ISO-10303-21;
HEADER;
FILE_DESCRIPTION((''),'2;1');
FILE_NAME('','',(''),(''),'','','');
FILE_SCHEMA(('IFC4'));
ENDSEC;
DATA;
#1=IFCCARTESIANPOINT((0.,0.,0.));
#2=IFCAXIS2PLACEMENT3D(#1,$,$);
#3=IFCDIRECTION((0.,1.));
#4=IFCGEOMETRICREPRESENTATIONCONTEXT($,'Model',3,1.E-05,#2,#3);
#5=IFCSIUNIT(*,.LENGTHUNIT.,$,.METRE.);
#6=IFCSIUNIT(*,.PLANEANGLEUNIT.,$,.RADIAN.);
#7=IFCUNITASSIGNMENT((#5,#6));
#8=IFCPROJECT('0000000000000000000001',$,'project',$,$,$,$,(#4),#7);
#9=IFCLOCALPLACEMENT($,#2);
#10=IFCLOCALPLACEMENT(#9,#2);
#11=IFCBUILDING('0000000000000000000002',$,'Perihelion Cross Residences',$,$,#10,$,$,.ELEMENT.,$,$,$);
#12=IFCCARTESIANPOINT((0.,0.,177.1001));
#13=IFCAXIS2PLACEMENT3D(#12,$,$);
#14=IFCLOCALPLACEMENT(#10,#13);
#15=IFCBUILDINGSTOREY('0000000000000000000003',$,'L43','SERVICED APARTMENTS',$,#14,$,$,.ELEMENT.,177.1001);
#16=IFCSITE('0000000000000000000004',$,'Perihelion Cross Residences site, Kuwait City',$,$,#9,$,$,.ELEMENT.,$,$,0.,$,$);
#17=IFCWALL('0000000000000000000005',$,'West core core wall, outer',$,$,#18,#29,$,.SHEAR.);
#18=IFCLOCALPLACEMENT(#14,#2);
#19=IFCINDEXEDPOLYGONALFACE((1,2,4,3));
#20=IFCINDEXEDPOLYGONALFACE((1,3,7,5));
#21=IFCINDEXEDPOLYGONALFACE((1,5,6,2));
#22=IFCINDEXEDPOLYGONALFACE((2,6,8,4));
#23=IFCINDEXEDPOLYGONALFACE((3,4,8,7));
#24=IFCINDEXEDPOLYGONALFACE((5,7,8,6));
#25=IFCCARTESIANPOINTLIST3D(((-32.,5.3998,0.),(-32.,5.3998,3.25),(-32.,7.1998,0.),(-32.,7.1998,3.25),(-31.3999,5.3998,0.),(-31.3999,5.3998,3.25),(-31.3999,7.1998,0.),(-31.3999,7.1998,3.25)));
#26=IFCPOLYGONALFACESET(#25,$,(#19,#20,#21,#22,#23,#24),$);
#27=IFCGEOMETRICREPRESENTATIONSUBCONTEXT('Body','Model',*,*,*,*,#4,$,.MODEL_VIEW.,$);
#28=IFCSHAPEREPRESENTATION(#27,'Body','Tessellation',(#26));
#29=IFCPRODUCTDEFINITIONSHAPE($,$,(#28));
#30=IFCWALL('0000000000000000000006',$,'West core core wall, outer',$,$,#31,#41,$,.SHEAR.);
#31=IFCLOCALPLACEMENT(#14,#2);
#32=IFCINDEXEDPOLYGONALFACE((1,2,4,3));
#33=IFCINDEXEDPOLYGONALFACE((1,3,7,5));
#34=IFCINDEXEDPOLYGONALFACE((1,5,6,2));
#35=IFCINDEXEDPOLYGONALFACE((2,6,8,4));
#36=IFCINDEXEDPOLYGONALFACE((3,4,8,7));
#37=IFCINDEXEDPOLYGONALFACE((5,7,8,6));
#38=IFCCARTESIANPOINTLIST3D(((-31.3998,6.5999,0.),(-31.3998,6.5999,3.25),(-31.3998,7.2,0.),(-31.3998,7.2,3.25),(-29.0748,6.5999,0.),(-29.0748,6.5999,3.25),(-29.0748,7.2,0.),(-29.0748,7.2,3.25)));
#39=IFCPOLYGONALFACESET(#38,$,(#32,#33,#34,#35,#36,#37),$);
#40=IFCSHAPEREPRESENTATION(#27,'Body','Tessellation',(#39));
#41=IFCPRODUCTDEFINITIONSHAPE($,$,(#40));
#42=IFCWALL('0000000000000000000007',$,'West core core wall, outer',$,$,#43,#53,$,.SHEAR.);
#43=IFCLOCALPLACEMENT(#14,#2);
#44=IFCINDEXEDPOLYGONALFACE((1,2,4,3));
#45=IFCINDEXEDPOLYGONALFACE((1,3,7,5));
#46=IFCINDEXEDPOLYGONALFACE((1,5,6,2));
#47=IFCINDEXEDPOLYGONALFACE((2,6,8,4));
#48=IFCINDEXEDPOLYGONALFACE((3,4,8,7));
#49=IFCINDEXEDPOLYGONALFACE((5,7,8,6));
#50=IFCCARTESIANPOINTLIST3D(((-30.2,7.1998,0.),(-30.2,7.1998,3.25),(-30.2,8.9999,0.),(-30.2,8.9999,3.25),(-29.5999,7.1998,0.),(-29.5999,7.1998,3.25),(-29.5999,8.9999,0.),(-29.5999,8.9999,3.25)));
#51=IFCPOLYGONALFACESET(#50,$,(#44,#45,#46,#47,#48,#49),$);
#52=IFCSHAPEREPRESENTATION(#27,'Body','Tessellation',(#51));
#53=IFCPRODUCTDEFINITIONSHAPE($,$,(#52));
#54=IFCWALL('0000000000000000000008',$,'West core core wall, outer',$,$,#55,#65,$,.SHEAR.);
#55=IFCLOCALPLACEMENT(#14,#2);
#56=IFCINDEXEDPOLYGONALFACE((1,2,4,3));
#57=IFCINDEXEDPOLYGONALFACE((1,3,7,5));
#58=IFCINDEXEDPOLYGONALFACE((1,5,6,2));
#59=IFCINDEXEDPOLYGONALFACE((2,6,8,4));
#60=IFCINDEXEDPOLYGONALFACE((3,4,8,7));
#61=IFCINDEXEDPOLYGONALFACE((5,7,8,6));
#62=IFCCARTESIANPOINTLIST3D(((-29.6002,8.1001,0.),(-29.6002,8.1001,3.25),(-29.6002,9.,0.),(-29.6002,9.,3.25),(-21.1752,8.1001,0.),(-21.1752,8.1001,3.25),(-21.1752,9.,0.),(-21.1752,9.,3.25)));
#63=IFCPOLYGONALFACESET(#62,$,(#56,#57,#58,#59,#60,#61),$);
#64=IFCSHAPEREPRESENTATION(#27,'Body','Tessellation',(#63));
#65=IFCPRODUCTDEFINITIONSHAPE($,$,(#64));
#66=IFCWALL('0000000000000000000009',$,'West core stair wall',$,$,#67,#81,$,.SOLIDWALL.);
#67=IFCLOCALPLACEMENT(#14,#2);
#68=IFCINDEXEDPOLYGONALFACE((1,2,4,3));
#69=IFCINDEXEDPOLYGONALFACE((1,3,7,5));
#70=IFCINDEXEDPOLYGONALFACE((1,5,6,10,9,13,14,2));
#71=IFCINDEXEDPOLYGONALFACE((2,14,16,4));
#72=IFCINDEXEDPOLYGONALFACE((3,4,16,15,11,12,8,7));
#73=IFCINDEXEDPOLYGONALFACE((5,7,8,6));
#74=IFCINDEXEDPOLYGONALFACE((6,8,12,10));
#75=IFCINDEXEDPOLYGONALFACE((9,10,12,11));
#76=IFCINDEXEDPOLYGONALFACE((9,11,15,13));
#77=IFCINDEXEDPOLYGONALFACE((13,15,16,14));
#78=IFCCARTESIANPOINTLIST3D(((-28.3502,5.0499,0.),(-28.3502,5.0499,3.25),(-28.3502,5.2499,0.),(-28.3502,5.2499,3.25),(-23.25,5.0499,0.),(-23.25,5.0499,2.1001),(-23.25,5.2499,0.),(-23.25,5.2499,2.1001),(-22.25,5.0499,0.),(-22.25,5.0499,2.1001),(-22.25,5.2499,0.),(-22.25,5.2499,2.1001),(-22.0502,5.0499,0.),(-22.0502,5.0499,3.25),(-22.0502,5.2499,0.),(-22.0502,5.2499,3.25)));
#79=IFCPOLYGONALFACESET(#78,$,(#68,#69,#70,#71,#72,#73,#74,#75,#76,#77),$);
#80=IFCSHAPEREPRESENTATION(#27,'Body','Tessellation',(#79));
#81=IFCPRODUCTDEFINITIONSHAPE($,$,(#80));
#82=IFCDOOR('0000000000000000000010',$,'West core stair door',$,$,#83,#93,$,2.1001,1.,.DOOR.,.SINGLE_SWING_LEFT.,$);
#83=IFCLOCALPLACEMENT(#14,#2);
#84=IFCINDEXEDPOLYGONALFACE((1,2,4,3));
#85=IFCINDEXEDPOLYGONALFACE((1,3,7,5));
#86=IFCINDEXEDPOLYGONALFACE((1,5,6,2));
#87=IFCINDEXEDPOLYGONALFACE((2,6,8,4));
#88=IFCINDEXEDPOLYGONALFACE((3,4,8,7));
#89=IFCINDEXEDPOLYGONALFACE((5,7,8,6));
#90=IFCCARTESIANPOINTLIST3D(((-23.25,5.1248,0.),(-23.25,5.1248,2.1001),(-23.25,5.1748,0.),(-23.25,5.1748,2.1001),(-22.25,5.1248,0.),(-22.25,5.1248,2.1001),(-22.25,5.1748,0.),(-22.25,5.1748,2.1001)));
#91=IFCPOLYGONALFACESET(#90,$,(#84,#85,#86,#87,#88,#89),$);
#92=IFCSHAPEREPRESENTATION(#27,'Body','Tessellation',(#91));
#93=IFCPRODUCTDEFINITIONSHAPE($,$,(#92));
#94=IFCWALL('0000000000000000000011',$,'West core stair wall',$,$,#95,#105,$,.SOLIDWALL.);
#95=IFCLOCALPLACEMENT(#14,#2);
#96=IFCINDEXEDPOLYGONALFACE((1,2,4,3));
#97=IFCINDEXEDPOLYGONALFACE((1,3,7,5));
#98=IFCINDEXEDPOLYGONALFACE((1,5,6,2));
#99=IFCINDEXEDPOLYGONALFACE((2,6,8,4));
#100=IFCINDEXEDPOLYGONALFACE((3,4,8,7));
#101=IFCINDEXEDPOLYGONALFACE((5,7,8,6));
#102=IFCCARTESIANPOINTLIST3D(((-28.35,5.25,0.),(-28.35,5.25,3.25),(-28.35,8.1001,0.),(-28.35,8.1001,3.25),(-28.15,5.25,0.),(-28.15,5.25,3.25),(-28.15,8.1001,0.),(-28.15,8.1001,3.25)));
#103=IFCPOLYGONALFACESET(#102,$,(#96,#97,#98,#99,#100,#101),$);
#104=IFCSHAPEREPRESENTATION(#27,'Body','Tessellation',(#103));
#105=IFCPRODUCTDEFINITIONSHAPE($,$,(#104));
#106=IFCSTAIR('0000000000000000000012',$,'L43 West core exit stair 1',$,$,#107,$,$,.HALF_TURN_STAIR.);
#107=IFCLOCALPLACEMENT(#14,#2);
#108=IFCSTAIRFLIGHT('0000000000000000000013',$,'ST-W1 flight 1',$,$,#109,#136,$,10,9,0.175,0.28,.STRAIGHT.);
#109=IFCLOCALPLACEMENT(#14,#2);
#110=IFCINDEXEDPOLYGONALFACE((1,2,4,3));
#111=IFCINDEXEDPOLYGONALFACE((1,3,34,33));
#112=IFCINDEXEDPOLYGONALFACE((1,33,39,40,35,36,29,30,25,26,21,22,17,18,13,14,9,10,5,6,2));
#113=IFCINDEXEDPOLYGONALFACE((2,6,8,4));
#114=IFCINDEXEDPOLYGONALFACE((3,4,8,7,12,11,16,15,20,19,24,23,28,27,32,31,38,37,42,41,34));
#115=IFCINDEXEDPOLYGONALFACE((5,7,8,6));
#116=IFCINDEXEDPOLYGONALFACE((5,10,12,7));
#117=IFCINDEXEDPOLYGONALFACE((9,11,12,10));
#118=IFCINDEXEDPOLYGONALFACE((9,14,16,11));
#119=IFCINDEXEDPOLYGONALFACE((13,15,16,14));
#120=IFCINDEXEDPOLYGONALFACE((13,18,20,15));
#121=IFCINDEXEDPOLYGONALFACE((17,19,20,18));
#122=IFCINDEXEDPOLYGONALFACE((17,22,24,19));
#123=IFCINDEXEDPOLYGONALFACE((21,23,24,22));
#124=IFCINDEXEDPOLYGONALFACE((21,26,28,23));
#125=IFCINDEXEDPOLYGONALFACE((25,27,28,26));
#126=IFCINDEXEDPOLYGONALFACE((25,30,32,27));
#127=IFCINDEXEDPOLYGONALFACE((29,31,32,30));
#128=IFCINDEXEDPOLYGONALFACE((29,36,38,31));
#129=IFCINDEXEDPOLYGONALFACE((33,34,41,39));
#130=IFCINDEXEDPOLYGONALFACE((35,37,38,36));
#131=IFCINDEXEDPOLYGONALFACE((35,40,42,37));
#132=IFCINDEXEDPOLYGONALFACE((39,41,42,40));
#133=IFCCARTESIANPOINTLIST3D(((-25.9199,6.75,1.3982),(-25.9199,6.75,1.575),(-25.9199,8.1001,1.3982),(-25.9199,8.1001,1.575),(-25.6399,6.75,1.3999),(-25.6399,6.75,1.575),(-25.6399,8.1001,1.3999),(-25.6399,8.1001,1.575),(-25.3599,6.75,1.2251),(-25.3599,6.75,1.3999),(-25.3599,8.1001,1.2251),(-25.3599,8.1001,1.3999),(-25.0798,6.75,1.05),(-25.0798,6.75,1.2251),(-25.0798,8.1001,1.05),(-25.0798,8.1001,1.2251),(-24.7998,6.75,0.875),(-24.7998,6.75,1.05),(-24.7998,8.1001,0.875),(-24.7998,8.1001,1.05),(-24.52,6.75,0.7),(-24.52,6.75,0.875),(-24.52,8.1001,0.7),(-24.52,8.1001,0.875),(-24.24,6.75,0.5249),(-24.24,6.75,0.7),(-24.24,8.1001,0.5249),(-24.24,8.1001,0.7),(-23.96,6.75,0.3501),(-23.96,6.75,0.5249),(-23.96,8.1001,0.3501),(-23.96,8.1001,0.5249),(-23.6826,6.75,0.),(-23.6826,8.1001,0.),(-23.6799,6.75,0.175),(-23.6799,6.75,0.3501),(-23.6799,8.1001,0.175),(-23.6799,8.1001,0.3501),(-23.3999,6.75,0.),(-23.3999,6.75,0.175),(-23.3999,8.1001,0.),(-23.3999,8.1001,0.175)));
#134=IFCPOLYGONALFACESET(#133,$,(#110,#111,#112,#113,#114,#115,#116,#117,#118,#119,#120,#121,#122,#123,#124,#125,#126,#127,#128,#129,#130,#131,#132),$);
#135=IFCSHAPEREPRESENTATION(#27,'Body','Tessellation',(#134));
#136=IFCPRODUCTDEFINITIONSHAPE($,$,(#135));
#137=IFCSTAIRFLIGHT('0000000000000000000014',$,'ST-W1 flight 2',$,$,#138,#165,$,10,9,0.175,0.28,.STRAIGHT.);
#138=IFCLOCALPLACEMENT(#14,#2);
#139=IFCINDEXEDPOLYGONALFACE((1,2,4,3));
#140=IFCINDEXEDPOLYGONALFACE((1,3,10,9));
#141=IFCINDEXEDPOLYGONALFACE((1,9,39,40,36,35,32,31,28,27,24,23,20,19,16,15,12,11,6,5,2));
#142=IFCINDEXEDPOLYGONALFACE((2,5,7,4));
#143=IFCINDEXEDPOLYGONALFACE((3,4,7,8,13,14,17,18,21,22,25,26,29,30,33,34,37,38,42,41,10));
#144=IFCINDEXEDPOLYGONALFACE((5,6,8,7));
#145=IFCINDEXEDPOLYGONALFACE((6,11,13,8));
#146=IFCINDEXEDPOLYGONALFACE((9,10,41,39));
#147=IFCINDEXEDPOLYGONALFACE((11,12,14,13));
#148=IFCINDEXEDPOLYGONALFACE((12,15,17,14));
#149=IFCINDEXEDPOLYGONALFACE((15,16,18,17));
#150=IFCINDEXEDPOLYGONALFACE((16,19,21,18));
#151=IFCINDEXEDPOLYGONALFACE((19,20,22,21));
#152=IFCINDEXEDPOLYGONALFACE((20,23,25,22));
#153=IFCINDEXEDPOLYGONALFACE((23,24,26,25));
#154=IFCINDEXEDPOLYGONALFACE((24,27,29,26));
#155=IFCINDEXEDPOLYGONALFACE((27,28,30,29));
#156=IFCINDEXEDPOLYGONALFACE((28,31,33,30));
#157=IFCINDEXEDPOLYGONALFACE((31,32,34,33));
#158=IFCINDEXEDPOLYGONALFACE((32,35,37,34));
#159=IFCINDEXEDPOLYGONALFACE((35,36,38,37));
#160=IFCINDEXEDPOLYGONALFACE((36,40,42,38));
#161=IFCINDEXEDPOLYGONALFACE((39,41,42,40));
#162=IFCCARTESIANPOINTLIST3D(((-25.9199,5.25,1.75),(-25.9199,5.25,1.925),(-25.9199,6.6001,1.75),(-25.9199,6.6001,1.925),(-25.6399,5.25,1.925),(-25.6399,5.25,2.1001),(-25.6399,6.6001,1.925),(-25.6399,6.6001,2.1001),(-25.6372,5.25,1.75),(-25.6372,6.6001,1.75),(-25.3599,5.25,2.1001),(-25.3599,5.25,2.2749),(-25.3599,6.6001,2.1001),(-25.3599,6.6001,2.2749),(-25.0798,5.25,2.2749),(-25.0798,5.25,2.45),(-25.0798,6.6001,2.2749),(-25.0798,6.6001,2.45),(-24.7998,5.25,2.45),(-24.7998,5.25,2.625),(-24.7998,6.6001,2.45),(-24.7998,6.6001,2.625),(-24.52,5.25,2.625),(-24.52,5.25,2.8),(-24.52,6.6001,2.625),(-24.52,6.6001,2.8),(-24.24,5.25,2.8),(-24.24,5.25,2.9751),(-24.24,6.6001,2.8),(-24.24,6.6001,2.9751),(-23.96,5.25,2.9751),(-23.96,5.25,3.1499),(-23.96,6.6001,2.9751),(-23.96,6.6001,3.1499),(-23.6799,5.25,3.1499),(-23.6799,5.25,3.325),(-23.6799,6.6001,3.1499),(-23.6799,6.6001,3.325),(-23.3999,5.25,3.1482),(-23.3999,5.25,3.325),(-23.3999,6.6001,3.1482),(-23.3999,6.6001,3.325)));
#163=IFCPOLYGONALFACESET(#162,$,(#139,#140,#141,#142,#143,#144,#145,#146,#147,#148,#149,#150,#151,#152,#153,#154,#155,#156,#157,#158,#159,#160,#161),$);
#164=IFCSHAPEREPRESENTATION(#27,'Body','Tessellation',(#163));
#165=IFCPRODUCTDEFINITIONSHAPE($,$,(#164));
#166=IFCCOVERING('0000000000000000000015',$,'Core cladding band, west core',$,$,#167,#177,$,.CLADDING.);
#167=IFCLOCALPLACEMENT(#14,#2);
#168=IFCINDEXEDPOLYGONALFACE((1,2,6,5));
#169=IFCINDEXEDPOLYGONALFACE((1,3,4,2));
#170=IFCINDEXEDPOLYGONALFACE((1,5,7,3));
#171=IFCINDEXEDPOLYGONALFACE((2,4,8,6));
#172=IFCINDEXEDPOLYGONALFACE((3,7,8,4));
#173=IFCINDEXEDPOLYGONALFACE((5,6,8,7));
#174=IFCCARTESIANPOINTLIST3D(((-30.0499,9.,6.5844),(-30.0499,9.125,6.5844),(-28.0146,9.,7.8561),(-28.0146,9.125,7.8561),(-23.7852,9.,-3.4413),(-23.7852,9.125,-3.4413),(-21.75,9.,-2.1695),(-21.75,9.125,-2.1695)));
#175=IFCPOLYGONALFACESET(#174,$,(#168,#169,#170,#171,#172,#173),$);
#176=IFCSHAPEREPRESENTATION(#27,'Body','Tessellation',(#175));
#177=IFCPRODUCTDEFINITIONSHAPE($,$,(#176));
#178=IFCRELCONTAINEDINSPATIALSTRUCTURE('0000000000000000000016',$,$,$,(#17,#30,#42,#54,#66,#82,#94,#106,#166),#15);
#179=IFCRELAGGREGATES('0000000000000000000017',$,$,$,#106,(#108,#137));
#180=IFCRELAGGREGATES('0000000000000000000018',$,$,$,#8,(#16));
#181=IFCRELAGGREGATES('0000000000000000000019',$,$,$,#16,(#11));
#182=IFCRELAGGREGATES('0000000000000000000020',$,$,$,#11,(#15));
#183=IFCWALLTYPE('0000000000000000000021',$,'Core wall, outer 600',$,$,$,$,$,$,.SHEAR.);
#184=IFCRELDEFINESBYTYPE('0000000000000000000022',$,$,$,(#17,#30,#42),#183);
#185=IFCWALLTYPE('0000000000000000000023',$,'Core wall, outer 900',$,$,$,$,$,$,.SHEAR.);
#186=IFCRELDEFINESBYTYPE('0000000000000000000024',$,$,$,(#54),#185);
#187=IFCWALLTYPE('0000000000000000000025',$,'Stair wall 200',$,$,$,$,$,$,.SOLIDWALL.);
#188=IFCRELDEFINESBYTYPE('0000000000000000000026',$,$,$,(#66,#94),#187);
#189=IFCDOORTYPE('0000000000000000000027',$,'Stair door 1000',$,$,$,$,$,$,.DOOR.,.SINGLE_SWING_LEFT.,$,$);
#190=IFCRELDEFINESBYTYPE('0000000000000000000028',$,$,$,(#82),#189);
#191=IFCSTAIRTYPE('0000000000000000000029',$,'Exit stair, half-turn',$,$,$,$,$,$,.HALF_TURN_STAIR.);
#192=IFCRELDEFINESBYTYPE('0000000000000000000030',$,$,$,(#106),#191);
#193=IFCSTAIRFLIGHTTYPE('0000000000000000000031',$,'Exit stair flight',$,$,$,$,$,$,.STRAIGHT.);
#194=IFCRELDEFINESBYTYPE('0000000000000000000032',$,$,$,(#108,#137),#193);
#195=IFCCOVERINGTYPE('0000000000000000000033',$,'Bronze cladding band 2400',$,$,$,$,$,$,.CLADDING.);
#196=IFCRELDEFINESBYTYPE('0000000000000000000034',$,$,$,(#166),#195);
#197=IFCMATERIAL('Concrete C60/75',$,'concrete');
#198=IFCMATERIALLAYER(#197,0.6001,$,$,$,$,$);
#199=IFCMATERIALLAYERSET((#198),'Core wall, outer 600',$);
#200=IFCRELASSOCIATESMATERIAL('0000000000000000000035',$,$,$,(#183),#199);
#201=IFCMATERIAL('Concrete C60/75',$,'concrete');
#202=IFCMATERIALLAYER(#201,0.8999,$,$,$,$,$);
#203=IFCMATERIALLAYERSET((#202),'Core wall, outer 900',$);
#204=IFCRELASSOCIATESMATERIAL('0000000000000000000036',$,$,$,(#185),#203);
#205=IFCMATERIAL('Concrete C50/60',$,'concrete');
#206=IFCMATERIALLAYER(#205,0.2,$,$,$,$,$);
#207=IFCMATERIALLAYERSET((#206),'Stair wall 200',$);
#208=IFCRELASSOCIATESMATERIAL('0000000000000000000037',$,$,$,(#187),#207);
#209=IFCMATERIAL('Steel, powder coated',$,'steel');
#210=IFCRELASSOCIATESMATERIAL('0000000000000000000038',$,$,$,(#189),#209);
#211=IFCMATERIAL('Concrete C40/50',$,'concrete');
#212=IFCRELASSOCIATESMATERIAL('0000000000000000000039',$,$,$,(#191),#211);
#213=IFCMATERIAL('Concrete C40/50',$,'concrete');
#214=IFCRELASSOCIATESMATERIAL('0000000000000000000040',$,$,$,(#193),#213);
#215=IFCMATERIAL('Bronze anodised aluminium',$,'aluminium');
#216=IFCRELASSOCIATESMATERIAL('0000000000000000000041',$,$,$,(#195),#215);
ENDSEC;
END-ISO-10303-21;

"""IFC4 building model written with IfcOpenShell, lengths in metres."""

from ifc_helpers import new_model, si_unit, direction, frame, frame_2d, origin, origin_2d, place, context, subcontext, project, spatial, polyline, rectangle, outline, extrude, material, layer, layer_set, material_profile, profile_set, type_object, element, fill, aggregate, save


model = new_model("IFC4")

# Units and contexts
model_context = context("Model", 3, precision=1e-05, world=origin(), true_north=direction((0.0, 1.0)))
body_context = subcontext(model_context, "Body", "Model", "MODEL_VIEW")
ifc_project = project(units=[si_unit("LENGTHUNIT", "METRE"), si_unit("PLANEANGLEUNIT", "RADIAN")], contexts=[model_context])

# Site, building, storey
site_placement = place(None, origin())
site = spatial("IfcSite", under=ifc_project, at=site_placement, Name="Perihelion Cross Residences site, Kuwait City", CompositionType="ELEMENT", RefElevation=0.0)
building_placement = place(site_placement, origin())
building = spatial("IfcBuilding", under=site, at=building_placement, Name="Perihelion Cross Residences", CompositionType="ELEMENT")
storey_placement = place(building_placement, frame((0.0, 0.0, 177.1001)))
storey = spatial("IfcBuildingStorey", under=building, at=storey_placement, Name="L43", Description="SERVICED APARTMENTS", CompositionType="ELEMENT", Elevation=177.1001)

# Walls
ifc_material_1 = material(Name="Concrete C60/75", Category="concrete")
ifc_layer_1 = layer(ifc_material_1, 0.6001)
ifc_layer_set_1 = layer_set([ifc_layer_1], Name="Core wall, outer 600")
wall_type_1 = type_object("IfcWallType", Name="Core wall, outer 600", PredefinedType="SHEAR", material=ifc_layer_set_1)
wall_1_placement = place(storey_placement, frame((-31.7, 5.3999, 0.0), z_axis=(0.0, 0.0, 1.0), x_axis=(0.0, 1.0, 0.0)))
element("IfcWall", 1, at=wall_1_placement, inside=storey, type_object=wall_type_1, Name="West core core wall, outer", PredefinedType="SHEAR", context=body_context, shape_type="SweptSolid", body=[
    extrude(rectangle(XDim=1.8, YDim=0.6001, at=frame_2d((0.8999, 0.0))), origin(), (0.0, 0.0, 1.0), 3.25),
])
wall_2_placement = place(storey_placement, frame((-31.3999, 6.8999, 0.0), z_axis=(0.0, 0.0, 1.0), x_axis=(1.0, 0.0, 0.0)))
element("IfcWall", 2, at=wall_2_placement, inside=storey, type_object=wall_type_1, Name="West core core wall, outer", PredefinedType="SHEAR", context=body_context, shape_type="SweptSolid", body=[
    extrude(rectangle(XDim=2.325, YDim=0.6001, at=frame_2d((1.1626, 0.0))), origin(), (0.0, 0.0, 1.0), 3.25),
])
wall_3_placement = place(storey_placement, frame((-29.8999, 7.2, 0.0), z_axis=(0.0, 0.0, 1.0), x_axis=(0.0, 1.0, 0.0)))
element("IfcWall", 3, at=wall_3_placement, inside=storey, type_object=wall_type_1, Name="West core core wall, outer", PredefinedType="SHEAR", context=body_context, shape_type="SweptSolid", body=[
    extrude(rectangle(XDim=1.8, YDim=0.6001, at=frame_2d((0.8999, 0.0))), origin(), (0.0, 0.0, 1.0), 3.25),
])
ifc_material_2 = material(Name="Concrete C60/75", Category="concrete")
ifc_layer_2 = layer(ifc_material_2, 0.8999)
ifc_layer_set_2 = layer_set([ifc_layer_2], Name="Core wall, outer 900")
wall_type_2 = type_object("IfcWallType", Name="Core wall, outer 900", PredefinedType="SHEAR", material=ifc_layer_set_2)
wall_4_placement = place(storey_placement, frame((-29.6001, 8.55, 0.0), z_axis=(0.0, 0.0, 1.0), x_axis=(1.0, 0.0, 0.0)))
element("IfcWall", 4, at=wall_4_placement, inside=storey, type_object=wall_type_2, Name="West core core wall, outer", PredefinedType="SHEAR", context=body_context, shape_type="SweptSolid", body=[
    extrude(rectangle(XDim=8.425, YDim=0.8999, at=frame_2d((4.2124, 0.0))), origin(), (0.0, 0.0, 1.0), 3.25),
])

# Wall, opening, door
ifc_material_3 = material(Name="Concrete C50/60", Category="concrete")
ifc_layer_3 = layer(ifc_material_3, 0.2)
ifc_layer_set_3 = layer_set([ifc_layer_3], Name="Stair wall 200")
wall_type_3 = type_object("IfcWallType", Name="Stair wall 200", PredefinedType="SOLIDWALL", material=ifc_layer_set_3)
wall_5_placement = place(storey_placement, frame((-28.3501, 5.1499, 0.0), z_axis=(0.0, 0.0, 1.0), x_axis=(1.0, 0.0, 0.0)))
wall_5 = element("IfcWall", 5, at=wall_5_placement, inside=storey, type_object=wall_type_3, Name="West core stair wall", PredefinedType="SOLIDWALL", context=body_context, shape_type="SweptSolid", body=[
    extrude(rectangle(XDim=6.3, YDim=0.2, at=frame_2d((3.1499, 0.0))), origin(), (0.0, 0.0, 1.0), 3.25),
])
opening_placement = place(wall_5_placement, frame((5.1001, 0.0, 0.0)))
opening = element("IfcOpeningElement", 6, at=opening_placement, cuts=wall_5, PredefinedType="OPENING", context=body_context, shape_type="SweptSolid", body=[
    extrude(rectangle(XDim=1.0, YDim=2.1001, at=frame_2d((0.5, 1.05))), frame((0.0, 0.1099, 0.0), z_axis=(0.0, -1.0, 0.0), x_axis=(1.0, 0.0, 0.0)), (0.0, 0.0, 1.0), 0.22),
])
ifc_material_4 = material(Name="Steel, powder coated", Category="steel")
door_type = type_object("IfcDoorType", Name="Stair door 1000", OperationType="SINGLE_SWING_LEFT", PredefinedType="DOOR", material=ifc_material_4)
door_placement = place(opening_placement, origin())
door = element("IfcDoor", 7, at=door_placement, inside=storey, type_object=door_type, Name="West core stair door", OperationType="SINGLE_SWING_LEFT", OverallHeight=2.1001, OverallWidth=1.0, PredefinedType="DOOR", context=body_context, shape_type="SweptSolid", body=[
    extrude(rectangle(XDim=1.0, YDim=2.1001, at=frame_2d((0.5, 1.05))), frame((0.0, 0.0249, 0.0), z_axis=(0.0, -1.0, 0.0), x_axis=(1.0, 0.0, 0.0)), (0.0, 0.0, 1.0), 0.05),
])
fill(opening, door)

# Wall
wall_6_placement = place(storey_placement, frame((-28.25, 5.25, 0.0), z_axis=(0.0, 0.0, 1.0), x_axis=(0.0, 1.0, 0.0)))
element("IfcWall", 8, at=wall_6_placement, inside=storey, type_object=wall_type_3, Name="West core stair wall", PredefinedType="SOLIDWALL", context=body_context, shape_type="SweptSolid", body=[
    extrude(rectangle(XDim=2.8501, YDim=0.2, at=frame_2d((1.425, 0.0))), origin(), (0.0, 0.0, 1.0), 3.25),
])

# Stair, stair flights
ifc_material_5 = material(Name="Concrete C40/50", Category="concrete")
stair_type = type_object("IfcStairType", Name="Exit stair, half-turn", PredefinedType="HALF_TURN_STAIR", material=ifc_material_5)
stair_placement = place(storey_placement, origin())
stair = element("IfcStair", 9, at=stair_placement, inside=storey, type_object=stair_type, Name="L43 West core exit stair 1", PredefinedType="HALF_TURN_STAIR")
ifc_material_6 = material(Name="Concrete C40/50", Category="concrete")
stair_flight_type = type_object("IfcStairFlightType", Name="Exit stair flight", PredefinedType="STRAIGHT", material=ifc_material_6)
stair_flight_1_placement = place(storey_placement, frame((-23.3999, 7.425, 0.0), z_axis=(0.0, 0.0, 1.0), x_axis=(-1.0, 0.0, 0.0)))
stair_flight_1 = element("IfcStairFlight", 10, at=stair_flight_1_placement, type_object=stair_flight_type, Name="ST-W1 flight 1", NumberOfRisers=10, NumberOfTreads=9, PredefinedType="STRAIGHT", RiserHeight=0.175, TreadLength=0.28, context=body_context, shape_type="SweptSolid", body=[
    extrude(outline(polyline([(0.0, 0.0), (0.0, 0.175), (0.28, 0.175), (0.28, 0.3501), (0.5601, 0.3501), (0.5601, 0.5249), (0.8401, 0.5249), (0.8401, 0.7), (1.1201, 0.7), (1.1201, 0.875), (1.3999, 0.875), (1.3999, 1.05), (1.6799, 1.05), (1.6799, 1.2251), (1.96, 1.2251), (1.96, 1.3999), (2.24, 1.3999), (2.24, 1.575), (2.52, 1.575), (2.52, 1.75), (2.52, 1.3982), (0.2827, 0.0), (0.0, 0.0)])), frame((0.0, 0.675, 0.0), z_axis=(0.0, -1.0, 0.0), x_axis=(1.0, 0.0, 0.0)), (0.0, 0.0, 1.0), 1.3501),
])
stair_flight_2_placement = place(storey_placement, frame((-25.9199, 5.925, 1.75), z_axis=(0.0, 0.0, 1.0), x_axis=(1.0, 0.0, 0.0)))
stair_flight_2 = element("IfcStairFlight", 11, at=stair_flight_2_placement, type_object=stair_flight_type, Name="ST-W1 flight 2", NumberOfRisers=10, NumberOfTreads=9, PredefinedType="STRAIGHT", RiserHeight=0.175, TreadLength=0.28, context=body_context, shape_type="SweptSolid", body=[
    extrude(outline(polyline([(0.0, 0.0), (0.0, 0.175), (0.28, 0.175), (0.28, 0.3501), (0.5601, 0.3501), (0.5601, 0.5249), (0.8401, 0.5249), (0.8401, 0.7), (1.1201, 0.7), (1.1201, 0.875), (1.3999, 0.875), (1.3999, 1.05), (1.6799, 1.05), (1.6799, 1.2251), (1.96, 1.2251), (1.96, 1.3999), (2.24, 1.3999), (2.24, 1.575), (2.52, 1.575), (2.52, 1.75), (2.52, 1.3982), (0.2827, 0.0), (0.0, 0.0)])), frame((0.0, 0.675, 0.0), z_axis=(0.0, -1.0, 0.0), x_axis=(1.0, 0.0, 0.0)), (0.0, 0.0, 1.0), 1.3501),
])
aggregate(stair, [stair_flight_1, stair_flight_2])

# Covering
ifc_material_7 = material(Name="Bronze anodised aluminium", Category="aluminium")
ifc_material_profile = material_profile(ifc_material_7, rectangle(XDim=0.125, YDim=2.3999, at=origin_2d()), Name="Bronze cladding band 2400")
ifc_profile_set = profile_set([ifc_material_profile], Name="Bronze anodised aluminium")
covering_type = type_object("IfcCoveringType", Name="Bronze cladding band 2400", PredefinedType="CLADDING", material=ifc_profile_set)
covering_placement = place(storey_placement, frame((-22.7676, 9.0625, -2.8054), z_axis=(-0.529915, 0.0, 0.848051), x_axis=(0.0, -1.0, 0.0)))
element("IfcCovering", 12, at=covering_placement, inside=storey, type_object=covering_type, Name="Core cladding band, west core", PredefinedType="CLADDING", context=body_context, shape_type="SweptSolid", body=[
    extrude(rectangle(XDim=0.125, YDim=2.3999, at=origin_2d()), origin(), (0.0, 0.0, 1.0), 11.822),
])

save(model, "model.ifc")
